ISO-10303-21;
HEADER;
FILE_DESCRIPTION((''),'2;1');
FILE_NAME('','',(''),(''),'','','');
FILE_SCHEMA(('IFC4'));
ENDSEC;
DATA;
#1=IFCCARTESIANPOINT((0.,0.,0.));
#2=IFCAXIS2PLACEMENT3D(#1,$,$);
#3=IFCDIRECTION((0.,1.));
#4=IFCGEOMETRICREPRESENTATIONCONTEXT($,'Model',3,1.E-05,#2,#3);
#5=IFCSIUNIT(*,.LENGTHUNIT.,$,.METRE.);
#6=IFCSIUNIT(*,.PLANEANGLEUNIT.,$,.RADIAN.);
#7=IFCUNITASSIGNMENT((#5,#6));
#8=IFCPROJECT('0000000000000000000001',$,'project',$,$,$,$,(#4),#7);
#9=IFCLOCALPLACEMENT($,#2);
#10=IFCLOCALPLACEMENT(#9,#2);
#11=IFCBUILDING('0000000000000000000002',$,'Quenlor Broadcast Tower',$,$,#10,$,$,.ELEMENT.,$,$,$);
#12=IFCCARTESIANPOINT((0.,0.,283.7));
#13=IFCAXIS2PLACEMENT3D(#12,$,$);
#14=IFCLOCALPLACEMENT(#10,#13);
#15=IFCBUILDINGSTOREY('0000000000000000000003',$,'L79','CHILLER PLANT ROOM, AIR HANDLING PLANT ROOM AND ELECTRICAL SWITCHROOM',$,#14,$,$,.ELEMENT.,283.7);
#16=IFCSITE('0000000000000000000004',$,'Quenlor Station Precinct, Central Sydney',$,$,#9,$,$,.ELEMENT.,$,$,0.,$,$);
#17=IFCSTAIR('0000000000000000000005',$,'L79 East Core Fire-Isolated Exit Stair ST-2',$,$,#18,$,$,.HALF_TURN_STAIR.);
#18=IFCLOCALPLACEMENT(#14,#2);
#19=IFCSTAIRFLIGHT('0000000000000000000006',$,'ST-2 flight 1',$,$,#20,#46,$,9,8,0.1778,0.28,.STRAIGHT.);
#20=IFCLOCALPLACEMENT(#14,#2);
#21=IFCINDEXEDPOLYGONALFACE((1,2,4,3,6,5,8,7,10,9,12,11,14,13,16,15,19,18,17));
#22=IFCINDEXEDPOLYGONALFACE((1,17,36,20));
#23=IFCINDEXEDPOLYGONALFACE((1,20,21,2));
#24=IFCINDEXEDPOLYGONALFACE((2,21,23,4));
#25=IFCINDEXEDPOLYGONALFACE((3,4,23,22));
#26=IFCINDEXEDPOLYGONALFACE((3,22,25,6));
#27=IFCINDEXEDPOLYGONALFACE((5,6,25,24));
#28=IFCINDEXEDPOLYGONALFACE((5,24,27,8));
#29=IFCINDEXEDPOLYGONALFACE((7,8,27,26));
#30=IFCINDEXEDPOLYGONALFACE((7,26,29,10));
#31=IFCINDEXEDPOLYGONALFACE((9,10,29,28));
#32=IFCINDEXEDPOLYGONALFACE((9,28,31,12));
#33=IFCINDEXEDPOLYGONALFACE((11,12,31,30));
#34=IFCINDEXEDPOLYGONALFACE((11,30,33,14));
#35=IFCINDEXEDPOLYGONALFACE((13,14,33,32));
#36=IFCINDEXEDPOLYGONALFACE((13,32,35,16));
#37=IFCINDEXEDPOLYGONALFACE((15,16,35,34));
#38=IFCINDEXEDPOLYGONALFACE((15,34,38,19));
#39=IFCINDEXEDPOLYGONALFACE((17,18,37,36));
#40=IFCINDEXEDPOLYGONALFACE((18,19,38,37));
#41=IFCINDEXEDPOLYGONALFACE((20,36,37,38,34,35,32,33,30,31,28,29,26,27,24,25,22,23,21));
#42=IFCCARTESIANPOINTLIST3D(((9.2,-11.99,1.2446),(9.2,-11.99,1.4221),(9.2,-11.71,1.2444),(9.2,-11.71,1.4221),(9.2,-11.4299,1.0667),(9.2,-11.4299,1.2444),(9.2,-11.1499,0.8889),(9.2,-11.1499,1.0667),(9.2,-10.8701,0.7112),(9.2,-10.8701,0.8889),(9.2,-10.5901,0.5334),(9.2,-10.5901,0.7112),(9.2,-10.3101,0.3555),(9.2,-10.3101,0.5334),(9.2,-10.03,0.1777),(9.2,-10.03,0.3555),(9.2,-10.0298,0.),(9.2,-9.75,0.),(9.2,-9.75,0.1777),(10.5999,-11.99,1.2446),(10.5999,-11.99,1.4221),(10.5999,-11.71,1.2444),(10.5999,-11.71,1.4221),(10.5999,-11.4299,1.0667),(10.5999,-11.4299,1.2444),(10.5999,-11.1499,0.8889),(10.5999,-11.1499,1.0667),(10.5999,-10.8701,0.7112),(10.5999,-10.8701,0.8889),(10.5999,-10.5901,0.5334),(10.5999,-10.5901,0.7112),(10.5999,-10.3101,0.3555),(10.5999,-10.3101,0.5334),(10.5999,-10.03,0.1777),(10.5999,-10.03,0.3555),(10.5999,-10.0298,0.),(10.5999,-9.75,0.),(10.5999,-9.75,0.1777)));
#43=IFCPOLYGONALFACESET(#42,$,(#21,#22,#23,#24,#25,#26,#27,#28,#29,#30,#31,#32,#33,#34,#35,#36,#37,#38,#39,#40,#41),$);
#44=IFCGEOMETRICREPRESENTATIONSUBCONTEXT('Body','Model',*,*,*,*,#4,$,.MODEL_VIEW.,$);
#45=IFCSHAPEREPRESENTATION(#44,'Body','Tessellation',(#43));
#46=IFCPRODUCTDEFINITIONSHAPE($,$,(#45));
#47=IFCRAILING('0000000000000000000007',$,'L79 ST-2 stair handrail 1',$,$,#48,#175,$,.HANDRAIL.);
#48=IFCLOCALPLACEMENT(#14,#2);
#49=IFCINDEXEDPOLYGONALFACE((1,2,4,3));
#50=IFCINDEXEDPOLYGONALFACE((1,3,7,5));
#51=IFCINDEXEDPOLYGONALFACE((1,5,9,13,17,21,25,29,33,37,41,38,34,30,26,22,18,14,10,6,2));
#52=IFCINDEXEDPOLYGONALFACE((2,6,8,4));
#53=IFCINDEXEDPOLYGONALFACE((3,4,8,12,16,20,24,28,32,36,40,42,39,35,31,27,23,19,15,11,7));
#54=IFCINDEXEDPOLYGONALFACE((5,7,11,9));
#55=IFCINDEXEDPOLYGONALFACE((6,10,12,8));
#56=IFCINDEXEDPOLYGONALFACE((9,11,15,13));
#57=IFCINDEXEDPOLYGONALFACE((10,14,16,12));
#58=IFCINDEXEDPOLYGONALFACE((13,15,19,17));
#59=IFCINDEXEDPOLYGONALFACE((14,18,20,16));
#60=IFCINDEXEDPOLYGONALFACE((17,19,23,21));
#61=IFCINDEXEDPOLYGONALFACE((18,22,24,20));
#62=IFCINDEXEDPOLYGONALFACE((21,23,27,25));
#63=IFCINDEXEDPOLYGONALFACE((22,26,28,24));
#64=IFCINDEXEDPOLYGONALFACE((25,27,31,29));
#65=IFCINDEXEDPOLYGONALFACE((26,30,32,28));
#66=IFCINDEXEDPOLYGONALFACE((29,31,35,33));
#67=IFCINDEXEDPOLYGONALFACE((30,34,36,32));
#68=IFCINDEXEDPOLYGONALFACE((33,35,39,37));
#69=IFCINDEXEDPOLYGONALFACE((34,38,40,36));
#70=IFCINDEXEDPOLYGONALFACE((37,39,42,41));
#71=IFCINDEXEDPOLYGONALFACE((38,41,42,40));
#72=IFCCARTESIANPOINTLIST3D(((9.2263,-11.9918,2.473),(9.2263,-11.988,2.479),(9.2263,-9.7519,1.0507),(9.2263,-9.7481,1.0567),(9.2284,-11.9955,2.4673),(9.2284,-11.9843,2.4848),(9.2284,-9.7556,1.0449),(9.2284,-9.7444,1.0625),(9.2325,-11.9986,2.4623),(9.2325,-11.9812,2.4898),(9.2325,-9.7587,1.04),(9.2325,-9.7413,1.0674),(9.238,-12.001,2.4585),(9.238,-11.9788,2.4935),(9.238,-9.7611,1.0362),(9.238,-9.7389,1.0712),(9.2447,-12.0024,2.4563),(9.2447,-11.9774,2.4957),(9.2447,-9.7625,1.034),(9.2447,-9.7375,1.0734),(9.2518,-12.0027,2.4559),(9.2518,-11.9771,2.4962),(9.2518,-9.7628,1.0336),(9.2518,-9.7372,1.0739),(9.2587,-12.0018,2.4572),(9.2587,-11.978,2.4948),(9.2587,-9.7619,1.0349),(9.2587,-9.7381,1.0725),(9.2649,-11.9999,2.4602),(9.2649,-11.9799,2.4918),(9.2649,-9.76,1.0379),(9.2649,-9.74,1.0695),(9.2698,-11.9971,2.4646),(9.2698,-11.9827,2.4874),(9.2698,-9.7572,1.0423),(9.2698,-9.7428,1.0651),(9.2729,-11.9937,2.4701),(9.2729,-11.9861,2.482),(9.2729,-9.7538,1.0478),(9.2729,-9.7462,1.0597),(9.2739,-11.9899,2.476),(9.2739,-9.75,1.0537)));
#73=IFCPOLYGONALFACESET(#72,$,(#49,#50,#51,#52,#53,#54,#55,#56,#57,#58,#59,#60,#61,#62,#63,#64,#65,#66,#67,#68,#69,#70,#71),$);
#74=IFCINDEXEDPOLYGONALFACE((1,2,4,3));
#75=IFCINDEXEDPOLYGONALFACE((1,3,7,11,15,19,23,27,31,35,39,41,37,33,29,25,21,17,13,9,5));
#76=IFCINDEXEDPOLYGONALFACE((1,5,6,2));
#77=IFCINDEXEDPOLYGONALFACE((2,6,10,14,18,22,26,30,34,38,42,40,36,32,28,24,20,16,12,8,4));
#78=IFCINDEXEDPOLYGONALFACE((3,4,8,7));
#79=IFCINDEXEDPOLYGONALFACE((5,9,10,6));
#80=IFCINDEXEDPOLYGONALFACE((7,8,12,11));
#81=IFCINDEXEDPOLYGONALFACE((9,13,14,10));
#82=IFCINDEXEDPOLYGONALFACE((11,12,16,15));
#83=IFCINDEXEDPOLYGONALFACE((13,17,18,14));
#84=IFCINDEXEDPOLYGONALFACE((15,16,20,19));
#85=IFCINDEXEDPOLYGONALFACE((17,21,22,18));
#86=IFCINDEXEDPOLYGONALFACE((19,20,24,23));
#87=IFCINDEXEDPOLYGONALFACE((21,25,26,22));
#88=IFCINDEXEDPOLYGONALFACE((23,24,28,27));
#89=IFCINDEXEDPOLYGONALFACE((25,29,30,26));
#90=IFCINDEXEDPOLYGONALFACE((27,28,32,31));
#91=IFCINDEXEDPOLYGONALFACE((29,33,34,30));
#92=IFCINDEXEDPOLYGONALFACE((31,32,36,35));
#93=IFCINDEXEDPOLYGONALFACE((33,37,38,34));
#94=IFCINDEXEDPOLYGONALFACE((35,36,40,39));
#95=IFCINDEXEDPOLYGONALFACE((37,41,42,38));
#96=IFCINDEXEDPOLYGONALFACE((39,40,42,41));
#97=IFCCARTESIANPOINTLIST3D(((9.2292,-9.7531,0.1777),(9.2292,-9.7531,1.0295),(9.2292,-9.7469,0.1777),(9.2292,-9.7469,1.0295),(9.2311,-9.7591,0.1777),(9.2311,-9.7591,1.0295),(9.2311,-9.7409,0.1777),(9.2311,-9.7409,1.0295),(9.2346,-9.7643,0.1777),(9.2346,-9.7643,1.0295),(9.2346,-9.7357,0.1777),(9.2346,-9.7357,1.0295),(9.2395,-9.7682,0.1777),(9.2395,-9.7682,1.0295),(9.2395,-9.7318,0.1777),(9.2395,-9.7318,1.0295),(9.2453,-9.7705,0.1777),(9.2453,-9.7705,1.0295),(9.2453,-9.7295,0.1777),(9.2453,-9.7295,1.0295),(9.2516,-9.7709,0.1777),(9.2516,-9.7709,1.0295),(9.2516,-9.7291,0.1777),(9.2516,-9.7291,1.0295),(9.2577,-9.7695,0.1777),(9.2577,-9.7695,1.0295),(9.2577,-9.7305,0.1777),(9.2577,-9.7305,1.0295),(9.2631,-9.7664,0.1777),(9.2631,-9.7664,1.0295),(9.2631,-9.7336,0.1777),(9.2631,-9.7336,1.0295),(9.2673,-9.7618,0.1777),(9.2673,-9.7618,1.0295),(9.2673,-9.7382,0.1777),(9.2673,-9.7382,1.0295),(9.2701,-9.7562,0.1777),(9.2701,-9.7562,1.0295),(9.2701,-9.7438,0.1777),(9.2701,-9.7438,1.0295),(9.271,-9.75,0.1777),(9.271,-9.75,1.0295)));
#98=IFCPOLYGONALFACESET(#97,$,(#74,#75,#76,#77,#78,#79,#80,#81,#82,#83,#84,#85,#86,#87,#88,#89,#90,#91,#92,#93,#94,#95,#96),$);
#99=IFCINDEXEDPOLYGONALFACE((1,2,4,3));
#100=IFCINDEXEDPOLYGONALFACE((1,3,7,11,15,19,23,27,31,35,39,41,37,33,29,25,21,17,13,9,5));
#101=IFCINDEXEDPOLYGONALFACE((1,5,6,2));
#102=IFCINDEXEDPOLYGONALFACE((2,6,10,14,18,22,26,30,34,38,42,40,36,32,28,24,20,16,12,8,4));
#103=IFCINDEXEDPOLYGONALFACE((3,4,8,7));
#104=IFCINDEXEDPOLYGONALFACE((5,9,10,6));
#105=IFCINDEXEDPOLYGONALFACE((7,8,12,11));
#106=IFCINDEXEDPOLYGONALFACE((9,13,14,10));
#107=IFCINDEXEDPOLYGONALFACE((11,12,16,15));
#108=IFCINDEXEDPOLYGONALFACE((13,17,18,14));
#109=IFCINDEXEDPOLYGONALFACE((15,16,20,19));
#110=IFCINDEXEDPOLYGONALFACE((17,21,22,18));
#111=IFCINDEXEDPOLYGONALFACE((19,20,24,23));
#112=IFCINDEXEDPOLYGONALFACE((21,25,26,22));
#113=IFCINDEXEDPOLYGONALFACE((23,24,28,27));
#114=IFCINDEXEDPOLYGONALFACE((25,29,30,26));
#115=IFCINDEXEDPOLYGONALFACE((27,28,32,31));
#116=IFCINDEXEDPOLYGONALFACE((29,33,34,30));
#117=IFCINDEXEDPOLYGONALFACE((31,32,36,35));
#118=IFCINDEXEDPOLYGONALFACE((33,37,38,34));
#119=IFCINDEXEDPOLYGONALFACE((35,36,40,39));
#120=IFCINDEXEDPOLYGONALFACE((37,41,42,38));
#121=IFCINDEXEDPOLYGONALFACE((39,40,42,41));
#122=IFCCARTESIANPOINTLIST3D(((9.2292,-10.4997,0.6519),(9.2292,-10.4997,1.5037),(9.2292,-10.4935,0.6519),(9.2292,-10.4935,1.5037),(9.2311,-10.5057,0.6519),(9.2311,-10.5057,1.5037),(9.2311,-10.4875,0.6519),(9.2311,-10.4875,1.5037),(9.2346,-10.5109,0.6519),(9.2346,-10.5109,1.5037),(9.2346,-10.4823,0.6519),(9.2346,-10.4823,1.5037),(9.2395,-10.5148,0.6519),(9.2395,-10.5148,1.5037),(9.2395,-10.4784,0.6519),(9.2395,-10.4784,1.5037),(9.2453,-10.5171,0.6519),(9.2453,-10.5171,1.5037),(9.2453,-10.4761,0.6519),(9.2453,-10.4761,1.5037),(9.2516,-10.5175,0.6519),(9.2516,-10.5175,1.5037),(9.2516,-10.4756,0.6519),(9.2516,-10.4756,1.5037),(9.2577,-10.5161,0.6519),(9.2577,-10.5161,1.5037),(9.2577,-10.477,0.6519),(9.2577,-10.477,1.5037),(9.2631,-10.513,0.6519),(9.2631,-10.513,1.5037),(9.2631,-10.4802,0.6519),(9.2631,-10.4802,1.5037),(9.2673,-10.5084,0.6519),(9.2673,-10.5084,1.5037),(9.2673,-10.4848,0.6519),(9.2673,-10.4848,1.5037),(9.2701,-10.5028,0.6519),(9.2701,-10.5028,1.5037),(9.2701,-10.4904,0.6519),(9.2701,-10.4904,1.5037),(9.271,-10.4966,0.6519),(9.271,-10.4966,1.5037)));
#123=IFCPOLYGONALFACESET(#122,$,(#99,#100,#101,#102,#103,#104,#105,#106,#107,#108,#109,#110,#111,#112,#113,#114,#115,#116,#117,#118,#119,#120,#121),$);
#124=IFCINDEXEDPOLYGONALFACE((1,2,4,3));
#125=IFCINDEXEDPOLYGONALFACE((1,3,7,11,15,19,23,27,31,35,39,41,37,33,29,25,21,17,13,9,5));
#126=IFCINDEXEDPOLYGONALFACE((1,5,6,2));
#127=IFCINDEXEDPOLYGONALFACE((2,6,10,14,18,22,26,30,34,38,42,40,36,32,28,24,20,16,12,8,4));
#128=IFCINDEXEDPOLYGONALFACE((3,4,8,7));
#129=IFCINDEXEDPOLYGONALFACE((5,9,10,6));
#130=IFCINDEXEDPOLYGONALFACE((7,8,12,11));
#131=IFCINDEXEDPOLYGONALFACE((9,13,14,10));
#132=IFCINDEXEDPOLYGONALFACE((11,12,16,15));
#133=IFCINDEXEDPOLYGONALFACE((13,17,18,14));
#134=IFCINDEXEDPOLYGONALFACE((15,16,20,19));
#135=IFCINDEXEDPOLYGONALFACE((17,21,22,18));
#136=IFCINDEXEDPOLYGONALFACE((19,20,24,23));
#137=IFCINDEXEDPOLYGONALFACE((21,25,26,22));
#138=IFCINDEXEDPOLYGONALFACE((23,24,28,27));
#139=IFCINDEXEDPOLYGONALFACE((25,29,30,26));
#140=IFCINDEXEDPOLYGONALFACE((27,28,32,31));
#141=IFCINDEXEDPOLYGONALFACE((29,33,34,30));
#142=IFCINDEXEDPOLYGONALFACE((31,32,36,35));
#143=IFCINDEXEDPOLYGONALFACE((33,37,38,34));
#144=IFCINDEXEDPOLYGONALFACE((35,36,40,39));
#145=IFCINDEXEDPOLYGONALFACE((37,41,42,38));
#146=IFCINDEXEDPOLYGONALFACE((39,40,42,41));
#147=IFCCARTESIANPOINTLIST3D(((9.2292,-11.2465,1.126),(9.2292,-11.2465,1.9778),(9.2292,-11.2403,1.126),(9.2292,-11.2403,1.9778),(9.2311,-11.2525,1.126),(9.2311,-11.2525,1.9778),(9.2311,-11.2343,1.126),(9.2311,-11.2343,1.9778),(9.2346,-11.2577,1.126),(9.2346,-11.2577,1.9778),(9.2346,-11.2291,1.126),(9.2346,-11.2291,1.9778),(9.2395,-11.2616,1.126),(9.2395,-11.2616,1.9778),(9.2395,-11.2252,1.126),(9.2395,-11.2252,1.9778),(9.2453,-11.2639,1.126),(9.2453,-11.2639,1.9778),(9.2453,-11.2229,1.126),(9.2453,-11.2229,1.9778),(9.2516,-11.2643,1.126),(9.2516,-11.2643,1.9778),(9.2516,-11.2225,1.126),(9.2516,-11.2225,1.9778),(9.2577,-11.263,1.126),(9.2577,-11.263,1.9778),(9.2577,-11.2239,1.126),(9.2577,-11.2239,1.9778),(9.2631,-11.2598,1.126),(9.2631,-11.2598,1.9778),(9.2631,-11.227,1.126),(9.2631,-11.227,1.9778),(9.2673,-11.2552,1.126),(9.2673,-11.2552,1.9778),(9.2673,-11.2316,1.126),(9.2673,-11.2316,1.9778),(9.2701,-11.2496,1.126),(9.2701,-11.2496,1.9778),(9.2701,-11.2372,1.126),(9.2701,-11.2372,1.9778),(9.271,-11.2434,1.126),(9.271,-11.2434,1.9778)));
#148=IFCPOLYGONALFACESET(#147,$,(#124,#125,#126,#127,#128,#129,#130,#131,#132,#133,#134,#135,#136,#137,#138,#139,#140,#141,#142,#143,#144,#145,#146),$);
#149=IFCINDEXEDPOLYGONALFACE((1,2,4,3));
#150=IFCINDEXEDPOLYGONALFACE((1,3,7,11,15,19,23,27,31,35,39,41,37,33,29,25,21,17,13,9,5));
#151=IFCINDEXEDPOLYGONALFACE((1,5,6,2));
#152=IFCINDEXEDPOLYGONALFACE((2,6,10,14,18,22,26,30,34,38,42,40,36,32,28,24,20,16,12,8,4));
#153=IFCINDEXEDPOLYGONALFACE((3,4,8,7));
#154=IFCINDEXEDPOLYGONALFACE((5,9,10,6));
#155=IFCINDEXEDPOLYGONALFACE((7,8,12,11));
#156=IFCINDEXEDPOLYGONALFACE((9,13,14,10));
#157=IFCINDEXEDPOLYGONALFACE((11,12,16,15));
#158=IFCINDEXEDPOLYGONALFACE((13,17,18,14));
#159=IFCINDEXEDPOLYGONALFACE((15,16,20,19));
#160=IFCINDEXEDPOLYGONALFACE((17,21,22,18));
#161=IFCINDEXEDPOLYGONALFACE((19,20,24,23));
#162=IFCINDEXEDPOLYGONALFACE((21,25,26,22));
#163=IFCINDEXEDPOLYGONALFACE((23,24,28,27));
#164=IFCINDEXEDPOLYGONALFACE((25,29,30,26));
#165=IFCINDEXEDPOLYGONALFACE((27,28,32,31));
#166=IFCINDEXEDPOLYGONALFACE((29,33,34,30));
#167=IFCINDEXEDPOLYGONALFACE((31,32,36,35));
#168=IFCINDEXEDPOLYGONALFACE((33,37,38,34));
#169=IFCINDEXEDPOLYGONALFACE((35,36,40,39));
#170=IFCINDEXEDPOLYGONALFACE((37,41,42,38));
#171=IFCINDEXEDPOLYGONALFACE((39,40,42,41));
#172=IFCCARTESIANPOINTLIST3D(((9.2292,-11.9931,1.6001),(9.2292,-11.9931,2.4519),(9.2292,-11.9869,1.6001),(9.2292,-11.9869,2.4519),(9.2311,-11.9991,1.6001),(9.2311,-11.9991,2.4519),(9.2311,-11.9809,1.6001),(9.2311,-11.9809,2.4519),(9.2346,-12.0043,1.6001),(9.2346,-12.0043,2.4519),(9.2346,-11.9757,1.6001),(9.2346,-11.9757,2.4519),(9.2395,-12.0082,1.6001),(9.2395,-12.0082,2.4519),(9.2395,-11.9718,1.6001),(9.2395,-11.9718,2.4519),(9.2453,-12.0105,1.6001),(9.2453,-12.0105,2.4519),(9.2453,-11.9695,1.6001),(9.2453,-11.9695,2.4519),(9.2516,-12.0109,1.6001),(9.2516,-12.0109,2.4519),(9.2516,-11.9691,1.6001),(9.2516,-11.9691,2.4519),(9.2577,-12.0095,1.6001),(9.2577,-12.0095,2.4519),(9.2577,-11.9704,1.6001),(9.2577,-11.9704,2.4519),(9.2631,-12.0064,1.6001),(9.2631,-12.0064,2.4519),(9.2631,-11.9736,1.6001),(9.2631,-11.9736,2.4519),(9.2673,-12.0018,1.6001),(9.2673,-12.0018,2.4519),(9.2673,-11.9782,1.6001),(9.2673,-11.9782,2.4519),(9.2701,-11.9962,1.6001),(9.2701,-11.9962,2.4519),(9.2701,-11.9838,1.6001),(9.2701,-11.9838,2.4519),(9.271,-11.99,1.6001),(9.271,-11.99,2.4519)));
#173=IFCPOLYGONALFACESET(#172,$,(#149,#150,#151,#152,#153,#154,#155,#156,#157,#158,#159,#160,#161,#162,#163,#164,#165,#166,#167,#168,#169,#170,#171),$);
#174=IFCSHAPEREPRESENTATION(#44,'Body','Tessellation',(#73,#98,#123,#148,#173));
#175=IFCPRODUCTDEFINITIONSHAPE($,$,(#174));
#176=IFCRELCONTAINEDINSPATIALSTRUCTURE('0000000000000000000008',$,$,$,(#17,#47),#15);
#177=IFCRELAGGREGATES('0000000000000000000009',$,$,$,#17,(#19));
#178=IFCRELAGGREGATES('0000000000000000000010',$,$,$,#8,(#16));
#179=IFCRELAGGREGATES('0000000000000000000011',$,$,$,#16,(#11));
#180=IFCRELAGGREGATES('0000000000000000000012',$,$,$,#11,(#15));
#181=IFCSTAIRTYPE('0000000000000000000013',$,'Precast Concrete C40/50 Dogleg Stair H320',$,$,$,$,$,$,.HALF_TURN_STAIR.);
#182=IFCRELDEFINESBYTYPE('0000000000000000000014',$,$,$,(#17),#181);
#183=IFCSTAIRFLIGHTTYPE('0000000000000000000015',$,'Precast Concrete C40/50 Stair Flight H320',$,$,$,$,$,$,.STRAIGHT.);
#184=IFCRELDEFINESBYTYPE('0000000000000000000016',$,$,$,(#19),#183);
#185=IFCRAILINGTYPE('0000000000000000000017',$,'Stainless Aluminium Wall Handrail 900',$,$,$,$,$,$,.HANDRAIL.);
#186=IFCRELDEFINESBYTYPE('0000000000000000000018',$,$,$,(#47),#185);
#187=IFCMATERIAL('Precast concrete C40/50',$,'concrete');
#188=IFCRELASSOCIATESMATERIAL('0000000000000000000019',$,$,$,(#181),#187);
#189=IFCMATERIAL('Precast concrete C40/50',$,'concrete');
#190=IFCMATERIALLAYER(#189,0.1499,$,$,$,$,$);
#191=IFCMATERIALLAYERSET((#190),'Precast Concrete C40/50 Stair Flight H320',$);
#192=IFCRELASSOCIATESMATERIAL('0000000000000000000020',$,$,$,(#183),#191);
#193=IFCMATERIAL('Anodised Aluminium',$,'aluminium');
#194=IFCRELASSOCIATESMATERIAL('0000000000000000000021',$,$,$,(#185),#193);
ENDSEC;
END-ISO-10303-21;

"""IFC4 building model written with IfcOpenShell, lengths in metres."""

from ifc_helpers import new_model, si_unit, direction, frame, origin, origin_2d, place, context, subcontext, project, spatial, polyline, circle, outline, extrude, material, layer, layer_set, type_object, element, aggregate, save


model = new_model("IFC4")

# Units and contexts
model_context = context("Model", 3, precision=1e-05, world=origin(), true_north=direction((0.0, 1.0)))
body_context = subcontext(model_context, "Body", "Model", "MODEL_VIEW")
ifc_project = project(units=[si_unit("LENGTHUNIT", "METRE"), si_unit("PLANEANGLEUNIT", "RADIAN")], contexts=[model_context])

# Site, building, storey
site_placement = place(None, origin())
site = spatial("IfcSite", under=ifc_project, at=site_placement, Name="Quenlor Station Precinct, Central Sydney", CompositionType="ELEMENT", RefElevation=0.0)
building_placement = place(site_placement, origin())
building = spatial("IfcBuilding", under=site, at=building_placement, Name="Quenlor Broadcast Tower", CompositionType="ELEMENT")
storey_placement = place(building_placement, frame((0.0, 0.0, 283.7)))
storey = spatial("IfcBuildingStorey", under=building, at=storey_placement, Name="L79", Description="CHILLER PLANT ROOM, AIR HANDLING PLANT ROOM AND ELECTRICAL SWITCHROOM", CompositionType="ELEMENT", Elevation=283.7)

# Stair, stair flight
ifc_material_1 = material(Name="Precast concrete C40/50", Category="concrete")
stair_type = type_object("IfcStairType", Name="Precast Concrete C40/50 Dogleg Stair H320", PredefinedType="HALF_TURN_STAIR", material=ifc_material_1)
stair_placement = place(storey_placement, origin())
stair = element("IfcStair", 1, at=stair_placement, inside=storey, type_object=stair_type, Name="L79 East Core Fire-Isolated Exit Stair ST-2", PredefinedType="HALF_TURN_STAIR")
ifc_material_2 = material(Name="Precast concrete C40/50", Category="concrete")
ifc_layer_1 = layer(ifc_material_2, 0.1499)
ifc_layer_set_1 = layer_set([ifc_layer_1], Name="Precast Concrete C40/50 Stair Flight H320")
stair_flight_type = type_object("IfcStairFlightType", Name="Precast Concrete C40/50 Stair Flight H320", PredefinedType="STRAIGHT", material=ifc_layer_set_1)
stair_flight_placement = place(storey_placement, frame((9.8999, -9.75, 0.0), z_axis=(0.0, 0.0, 1.0), x_axis=(0.0, -1.0, 0.0)))
stair_flight = element("IfcStairFlight", 2, at=stair_flight_placement, type_object=stair_flight_type, Name="ST-2 flight 1", NumberOfRisers=9, NumberOfTreads=8, PredefinedType="STRAIGHT", RiserHeight=0.1778, TreadLength=0.28, context=body_context, shape_type="SweptSolid", body=[
    extrude(outline(polyline([(0.0, 0.0), (0.0, 0.1777), (0.28, 0.1777), (0.28, 0.3555), (0.5601, 0.3555), (0.5601, 0.5334), (0.8401, 0.5334), (0.8401, 0.7112), (1.1201, 0.7112), (1.1201, 0.8889), (1.3999, 0.8889), (1.3999, 1.0667), (1.6799, 1.0667), (1.6799, 1.2444), (1.96, 1.2444), (1.96, 1.4221), (2.24, 1.4221), (2.24, 1.6001), (2.24, 1.2446), (0.2798, 0.0), (0.0, 0.0)])), frame((0.0, 0.7, 0.0), z_axis=(0.0, -1.0, 0.0), x_axis=(1.0, 0.0, 0.0)), (0.0, 0.0, 1.0), 1.3999),
])
aggregate(stair, [stair_flight])

# Railing
ifc_material_3 = material(Name="Anodised Aluminium", Category="aluminium")
railing_type_1 = type_object("IfcRailingType", Name="Stainless Aluminium Wall Handrail 900", PredefinedType="HANDRAIL", material=ifc_material_3)
railing_1_placement = place(storey_placement, frame((9.25, -9.75, 0.1777)))
element("IfcRailing", 3, at=railing_1_placement, inside=storey, type_object=railing_type_1, Name="L79 ST-2 stair handrail 1", PredefinedType="HANDRAIL", context=body_context, shape_type="SweptSolid", body=[
    extrude(circle(Radius=0.0239, at=origin_2d()), frame((0.0, 0.0, 0.876), z_axis=(0.0, -0.844188, 0.536048), x_axis=(1.0, 0.0, 0.0)), (0.0, 0.0, 1.0), 2.6533),
    extrude(circle(Radius=0.021, at=origin_2d()), origin(), (0.0, 0.0, 1.0), 0.8518),
    extrude(circle(Radius=0.021, at=origin_2d()), frame((0.0, -0.7466, 0.4741)), (0.0, 0.0, 1.0), 0.8518),
    extrude(circle(Radius=0.021, at=origin_2d()), frame((0.0, -1.4934, 0.9482)), (0.0, 0.0, 1.0), 0.8518),
    extrude(circle(Radius=0.021, at=origin_2d()), frame((0.0, -2.24, 1.4224)), (0.0, 0.0, 1.0), 0.8518),
])

save(model, "model.ifc")
